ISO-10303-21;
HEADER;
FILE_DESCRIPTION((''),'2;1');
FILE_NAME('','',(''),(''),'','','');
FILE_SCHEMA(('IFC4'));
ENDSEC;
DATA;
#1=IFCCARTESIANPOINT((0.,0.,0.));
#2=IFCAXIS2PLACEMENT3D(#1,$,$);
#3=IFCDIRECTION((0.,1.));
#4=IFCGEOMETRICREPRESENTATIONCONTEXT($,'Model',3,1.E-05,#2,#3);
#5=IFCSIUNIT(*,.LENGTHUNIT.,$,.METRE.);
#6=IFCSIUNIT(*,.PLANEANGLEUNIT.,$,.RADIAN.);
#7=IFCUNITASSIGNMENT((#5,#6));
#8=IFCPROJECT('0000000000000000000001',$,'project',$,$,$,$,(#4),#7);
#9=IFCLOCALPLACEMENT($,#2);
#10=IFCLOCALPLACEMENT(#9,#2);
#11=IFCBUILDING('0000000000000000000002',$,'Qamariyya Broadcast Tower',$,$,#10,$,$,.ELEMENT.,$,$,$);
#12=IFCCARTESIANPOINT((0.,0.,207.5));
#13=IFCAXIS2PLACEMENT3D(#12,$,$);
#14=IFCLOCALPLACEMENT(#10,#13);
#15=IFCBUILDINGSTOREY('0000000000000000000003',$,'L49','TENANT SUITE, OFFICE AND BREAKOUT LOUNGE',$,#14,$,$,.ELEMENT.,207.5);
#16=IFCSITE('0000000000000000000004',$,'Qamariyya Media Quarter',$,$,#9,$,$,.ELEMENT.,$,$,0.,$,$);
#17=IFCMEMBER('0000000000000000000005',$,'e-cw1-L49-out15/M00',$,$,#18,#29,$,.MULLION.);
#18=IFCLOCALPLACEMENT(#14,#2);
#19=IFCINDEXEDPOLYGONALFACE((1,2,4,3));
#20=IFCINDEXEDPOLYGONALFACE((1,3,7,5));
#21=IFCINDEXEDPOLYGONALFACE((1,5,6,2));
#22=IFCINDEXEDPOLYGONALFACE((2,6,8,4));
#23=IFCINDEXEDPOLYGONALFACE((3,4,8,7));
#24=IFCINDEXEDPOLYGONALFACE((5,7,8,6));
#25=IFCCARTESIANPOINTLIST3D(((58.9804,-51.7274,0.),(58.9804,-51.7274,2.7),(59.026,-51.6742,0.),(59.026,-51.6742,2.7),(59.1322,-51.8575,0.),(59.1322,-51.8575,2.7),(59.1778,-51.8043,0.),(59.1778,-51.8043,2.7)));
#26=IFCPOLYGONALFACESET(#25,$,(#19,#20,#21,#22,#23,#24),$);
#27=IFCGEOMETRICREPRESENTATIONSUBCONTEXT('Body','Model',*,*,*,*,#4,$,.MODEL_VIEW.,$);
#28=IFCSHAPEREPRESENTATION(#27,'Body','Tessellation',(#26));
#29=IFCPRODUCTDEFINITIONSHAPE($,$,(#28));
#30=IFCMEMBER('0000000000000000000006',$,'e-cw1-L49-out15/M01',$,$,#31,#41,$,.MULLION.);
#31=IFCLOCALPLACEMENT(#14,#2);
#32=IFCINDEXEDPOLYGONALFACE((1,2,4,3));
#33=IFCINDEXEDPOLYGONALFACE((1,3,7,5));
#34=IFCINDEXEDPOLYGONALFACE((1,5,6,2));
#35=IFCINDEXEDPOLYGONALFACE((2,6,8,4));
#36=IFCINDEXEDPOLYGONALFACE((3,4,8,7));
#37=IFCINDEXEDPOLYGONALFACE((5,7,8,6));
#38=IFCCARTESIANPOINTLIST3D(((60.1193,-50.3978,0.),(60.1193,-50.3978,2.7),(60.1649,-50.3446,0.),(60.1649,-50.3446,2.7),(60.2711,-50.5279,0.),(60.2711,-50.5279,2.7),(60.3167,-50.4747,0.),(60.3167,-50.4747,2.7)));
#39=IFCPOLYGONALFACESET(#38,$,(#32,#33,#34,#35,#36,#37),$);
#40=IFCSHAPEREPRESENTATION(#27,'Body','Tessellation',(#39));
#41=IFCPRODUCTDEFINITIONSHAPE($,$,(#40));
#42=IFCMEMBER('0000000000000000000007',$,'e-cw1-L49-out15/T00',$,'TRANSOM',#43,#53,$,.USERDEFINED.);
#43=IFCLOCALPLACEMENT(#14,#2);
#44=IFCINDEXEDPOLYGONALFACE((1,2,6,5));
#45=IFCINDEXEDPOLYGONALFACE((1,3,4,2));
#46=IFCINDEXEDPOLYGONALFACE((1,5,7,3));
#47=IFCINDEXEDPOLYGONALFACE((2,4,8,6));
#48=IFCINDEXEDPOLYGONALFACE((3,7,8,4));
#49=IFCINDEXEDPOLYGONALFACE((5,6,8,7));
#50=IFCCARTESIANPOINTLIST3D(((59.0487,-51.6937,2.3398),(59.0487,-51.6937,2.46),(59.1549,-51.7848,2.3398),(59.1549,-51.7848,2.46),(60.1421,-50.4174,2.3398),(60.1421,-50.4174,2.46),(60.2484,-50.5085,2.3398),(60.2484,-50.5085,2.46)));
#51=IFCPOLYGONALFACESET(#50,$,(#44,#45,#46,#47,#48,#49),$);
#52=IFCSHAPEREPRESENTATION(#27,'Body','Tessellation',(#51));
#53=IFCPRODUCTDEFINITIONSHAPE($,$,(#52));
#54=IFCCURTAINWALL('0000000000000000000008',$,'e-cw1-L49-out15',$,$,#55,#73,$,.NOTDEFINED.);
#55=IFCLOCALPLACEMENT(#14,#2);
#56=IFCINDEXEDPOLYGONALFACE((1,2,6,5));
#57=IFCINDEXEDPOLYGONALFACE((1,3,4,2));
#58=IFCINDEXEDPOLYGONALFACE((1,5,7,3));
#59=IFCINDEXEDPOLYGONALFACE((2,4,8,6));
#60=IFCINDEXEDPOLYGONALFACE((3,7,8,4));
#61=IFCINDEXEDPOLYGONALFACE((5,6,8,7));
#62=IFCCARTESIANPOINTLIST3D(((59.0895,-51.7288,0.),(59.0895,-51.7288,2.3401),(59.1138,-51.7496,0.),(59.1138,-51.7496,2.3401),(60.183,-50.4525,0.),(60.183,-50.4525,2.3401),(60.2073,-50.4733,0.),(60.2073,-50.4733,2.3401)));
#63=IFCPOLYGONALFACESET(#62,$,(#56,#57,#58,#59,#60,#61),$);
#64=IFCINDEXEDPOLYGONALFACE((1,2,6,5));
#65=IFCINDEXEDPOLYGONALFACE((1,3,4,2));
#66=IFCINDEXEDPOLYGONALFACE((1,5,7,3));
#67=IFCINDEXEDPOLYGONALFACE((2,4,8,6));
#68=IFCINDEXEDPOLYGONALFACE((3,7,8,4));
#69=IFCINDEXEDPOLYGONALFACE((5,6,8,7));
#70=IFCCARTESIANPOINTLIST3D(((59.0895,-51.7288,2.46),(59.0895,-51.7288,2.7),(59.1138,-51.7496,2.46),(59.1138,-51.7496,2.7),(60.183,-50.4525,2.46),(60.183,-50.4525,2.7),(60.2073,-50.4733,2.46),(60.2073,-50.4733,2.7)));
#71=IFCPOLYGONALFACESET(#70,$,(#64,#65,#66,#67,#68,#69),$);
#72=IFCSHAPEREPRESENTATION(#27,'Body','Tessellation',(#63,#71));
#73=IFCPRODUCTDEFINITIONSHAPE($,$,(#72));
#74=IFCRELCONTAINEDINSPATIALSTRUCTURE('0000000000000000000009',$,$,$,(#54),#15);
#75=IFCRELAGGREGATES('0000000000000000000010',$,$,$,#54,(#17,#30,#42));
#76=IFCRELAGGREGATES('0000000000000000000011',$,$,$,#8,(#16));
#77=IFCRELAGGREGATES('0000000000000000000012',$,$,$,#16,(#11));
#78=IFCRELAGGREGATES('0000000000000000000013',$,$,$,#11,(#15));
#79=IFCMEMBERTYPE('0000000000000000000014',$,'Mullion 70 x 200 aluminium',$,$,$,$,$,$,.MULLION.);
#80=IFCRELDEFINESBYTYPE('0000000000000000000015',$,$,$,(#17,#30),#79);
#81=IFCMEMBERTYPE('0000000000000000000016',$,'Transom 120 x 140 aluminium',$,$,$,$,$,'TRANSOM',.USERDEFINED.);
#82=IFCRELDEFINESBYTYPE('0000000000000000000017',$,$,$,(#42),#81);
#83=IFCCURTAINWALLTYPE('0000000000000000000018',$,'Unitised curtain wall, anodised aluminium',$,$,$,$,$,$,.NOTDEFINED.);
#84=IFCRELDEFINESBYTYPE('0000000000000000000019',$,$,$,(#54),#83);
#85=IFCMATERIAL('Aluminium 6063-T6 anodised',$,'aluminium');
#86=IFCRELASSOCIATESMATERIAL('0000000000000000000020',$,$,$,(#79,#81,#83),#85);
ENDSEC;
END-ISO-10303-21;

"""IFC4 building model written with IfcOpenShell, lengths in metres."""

from ifc_helpers import new_model, si_unit, direction, frame, origin, origin_2d, place, context, subcontext, project, spatial, rectangle, extrude, material, material_profile, profile_set, type_object, element, aggregate, save


model = new_model("IFC4")

# Units and contexts
model_context = context("Model", 3, precision=1e-05, world=origin(), true_north=direction((0.0, 1.0)))
body_context = subcontext(model_context, "Body", "Model", "MODEL_VIEW")
ifc_project = project(units=[si_unit("LENGTHUNIT", "METRE"), si_unit("PLANEANGLEUNIT", "RADIAN")], contexts=[model_context])

# Members
ifc_material = material(Name="Aluminium 6063-T6 anodised", Category="aluminium")
site_placement = place(None, origin())
building_placement = place(site_placement, origin())
storey_placement = place(building_placement, frame((0.0, 0.0, 207.5)))
ifc_material_profile_1 = material_profile(ifc_material, rectangle(XDim=0.2, YDim=0.0701, at=origin_2d()))
ifc_profile_set_1 = profile_set([ifc_material_profile_1], Name="Aluminium 6063-T6 anodised")
member_type_1 = type_object("IfcMemberType", Name="Mullion 70 x 200 aluminium", PredefinedType="MULLION", material=ifc_profile_set_1)
member_1_placement = place(storey_placement, frame((59.0791, -51.7659, 0.0), z_axis=(0.0, 0.0, 1.0), x_axis=(-0.759421, 0.650599, 0.0)))
member_1 = element("IfcMember", 1, at=member_1_placement, type_object=member_type_1, Name="e-cw1-L49-out15/M00", PredefinedType="MULLION", context=body_context, shape_type="SweptSolid", body=[
    extrude(rectangle(XDim=0.2, YDim=0.0701, at=origin_2d()), origin(), (0.0, 0.0, 1.0), 2.7),
])
member_2_placement = place(storey_placement, frame((60.218, -50.4363, 0.0), z_axis=(0.0, 0.0, 1.0), x_axis=(-0.759421, 0.650599, 0.0)))
member_2 = element("IfcMember", 2, at=member_2_placement, type_object=member_type_1, Name="e-cw1-L49-out15/M01", PredefinedType="MULLION", context=body_context, shape_type="SweptSolid", body=[
    extrude(rectangle(XDim=0.2, YDim=0.0701, at=origin_2d()), origin(), (0.0, 0.0, 1.0), 2.7),
])
ifc_material_profile_2 = material_profile(ifc_material, rectangle(XDim=0.1399, YDim=0.1201, at=origin_2d()))
ifc_profile_set_2 = profile_set([ifc_material_profile_2], Name="Aluminium 6063-T6 anodised")
member_type_2 = type_object("IfcMemberType", Name="Transom 120 x 140 aluminium", ElementType="TRANSOM", PredefinedType="USERDEFINED", material=ifc_profile_set_2)
member_3_placement = place(storey_placement, frame((59.1018, -51.7393, 2.3999), z_axis=(0.650612, 0.75941, 0.0), x_axis=(-0.75941, 0.650612, 0.0)))
member_3 = element("IfcMember", 3, at=member_3_placement, type_object=member_type_2, Name="e-cw1-L49-out15/T00", ObjectType="TRANSOM", PredefinedType="USERDEFINED", context=body_context, shape_type="SweptSolid", body=[
    extrude(rectangle(XDim=0.1399, YDim=0.1201, at=origin_2d()), origin(), (0.0, 0.0, 1.0), 1.6807),
])

# Site, building, storey
site = spatial("IfcSite", under=ifc_project, at=site_placement, Name="Qamariyya Media Quarter", CompositionType="ELEMENT", RefElevation=0.0)
building = spatial("IfcBuilding", under=site, at=building_placement, Name="Qamariyya Broadcast Tower", CompositionType="ELEMENT")
storey = spatial("IfcBuildingStorey", under=building, at=storey_placement, Name="L49", Description="TENANT SUITE, OFFICE AND BREAKOUT LOUNGE", CompositionType="ELEMENT", Elevation=207.5)

# Curtain wall
curtain_wall_type_1 = type_object("IfcCurtainWallType", Name="Unitised curtain wall, anodised aluminium", PredefinedType="NOTDEFINED", material=ifc_material)
curtain_wall_1_placement = place(storey_placement, origin())
curtain_wall_1 = element("IfcCurtainWall", 4, at=curtain_wall_1_placement, inside=storey, type_object=curtain_wall_type_1, Name="e-cw1-L49-out15", PredefinedType="NOTDEFINED", context=body_context, shape_type="SweptSolid", body=[
    extrude(rectangle(XDim=1.6807, YDim=0.032, at=origin_2d()), frame((59.6484, -51.1011, 0.0), x_axis=(0.650637, 0.759389, 0.0)), (0.0, 0.0, 1.0), 2.3401),
    extrude(rectangle(XDim=1.6807, YDim=0.032, at=origin_2d()), frame((59.6484, -51.1011, 2.46), x_axis=(0.650637, 0.759389, 0.0)), (0.0, 0.0, 1.0), 0.24),
])
aggregate(curtain_wall_1, [member_1, member_2, member_3])

save(model, "model.ifc")
